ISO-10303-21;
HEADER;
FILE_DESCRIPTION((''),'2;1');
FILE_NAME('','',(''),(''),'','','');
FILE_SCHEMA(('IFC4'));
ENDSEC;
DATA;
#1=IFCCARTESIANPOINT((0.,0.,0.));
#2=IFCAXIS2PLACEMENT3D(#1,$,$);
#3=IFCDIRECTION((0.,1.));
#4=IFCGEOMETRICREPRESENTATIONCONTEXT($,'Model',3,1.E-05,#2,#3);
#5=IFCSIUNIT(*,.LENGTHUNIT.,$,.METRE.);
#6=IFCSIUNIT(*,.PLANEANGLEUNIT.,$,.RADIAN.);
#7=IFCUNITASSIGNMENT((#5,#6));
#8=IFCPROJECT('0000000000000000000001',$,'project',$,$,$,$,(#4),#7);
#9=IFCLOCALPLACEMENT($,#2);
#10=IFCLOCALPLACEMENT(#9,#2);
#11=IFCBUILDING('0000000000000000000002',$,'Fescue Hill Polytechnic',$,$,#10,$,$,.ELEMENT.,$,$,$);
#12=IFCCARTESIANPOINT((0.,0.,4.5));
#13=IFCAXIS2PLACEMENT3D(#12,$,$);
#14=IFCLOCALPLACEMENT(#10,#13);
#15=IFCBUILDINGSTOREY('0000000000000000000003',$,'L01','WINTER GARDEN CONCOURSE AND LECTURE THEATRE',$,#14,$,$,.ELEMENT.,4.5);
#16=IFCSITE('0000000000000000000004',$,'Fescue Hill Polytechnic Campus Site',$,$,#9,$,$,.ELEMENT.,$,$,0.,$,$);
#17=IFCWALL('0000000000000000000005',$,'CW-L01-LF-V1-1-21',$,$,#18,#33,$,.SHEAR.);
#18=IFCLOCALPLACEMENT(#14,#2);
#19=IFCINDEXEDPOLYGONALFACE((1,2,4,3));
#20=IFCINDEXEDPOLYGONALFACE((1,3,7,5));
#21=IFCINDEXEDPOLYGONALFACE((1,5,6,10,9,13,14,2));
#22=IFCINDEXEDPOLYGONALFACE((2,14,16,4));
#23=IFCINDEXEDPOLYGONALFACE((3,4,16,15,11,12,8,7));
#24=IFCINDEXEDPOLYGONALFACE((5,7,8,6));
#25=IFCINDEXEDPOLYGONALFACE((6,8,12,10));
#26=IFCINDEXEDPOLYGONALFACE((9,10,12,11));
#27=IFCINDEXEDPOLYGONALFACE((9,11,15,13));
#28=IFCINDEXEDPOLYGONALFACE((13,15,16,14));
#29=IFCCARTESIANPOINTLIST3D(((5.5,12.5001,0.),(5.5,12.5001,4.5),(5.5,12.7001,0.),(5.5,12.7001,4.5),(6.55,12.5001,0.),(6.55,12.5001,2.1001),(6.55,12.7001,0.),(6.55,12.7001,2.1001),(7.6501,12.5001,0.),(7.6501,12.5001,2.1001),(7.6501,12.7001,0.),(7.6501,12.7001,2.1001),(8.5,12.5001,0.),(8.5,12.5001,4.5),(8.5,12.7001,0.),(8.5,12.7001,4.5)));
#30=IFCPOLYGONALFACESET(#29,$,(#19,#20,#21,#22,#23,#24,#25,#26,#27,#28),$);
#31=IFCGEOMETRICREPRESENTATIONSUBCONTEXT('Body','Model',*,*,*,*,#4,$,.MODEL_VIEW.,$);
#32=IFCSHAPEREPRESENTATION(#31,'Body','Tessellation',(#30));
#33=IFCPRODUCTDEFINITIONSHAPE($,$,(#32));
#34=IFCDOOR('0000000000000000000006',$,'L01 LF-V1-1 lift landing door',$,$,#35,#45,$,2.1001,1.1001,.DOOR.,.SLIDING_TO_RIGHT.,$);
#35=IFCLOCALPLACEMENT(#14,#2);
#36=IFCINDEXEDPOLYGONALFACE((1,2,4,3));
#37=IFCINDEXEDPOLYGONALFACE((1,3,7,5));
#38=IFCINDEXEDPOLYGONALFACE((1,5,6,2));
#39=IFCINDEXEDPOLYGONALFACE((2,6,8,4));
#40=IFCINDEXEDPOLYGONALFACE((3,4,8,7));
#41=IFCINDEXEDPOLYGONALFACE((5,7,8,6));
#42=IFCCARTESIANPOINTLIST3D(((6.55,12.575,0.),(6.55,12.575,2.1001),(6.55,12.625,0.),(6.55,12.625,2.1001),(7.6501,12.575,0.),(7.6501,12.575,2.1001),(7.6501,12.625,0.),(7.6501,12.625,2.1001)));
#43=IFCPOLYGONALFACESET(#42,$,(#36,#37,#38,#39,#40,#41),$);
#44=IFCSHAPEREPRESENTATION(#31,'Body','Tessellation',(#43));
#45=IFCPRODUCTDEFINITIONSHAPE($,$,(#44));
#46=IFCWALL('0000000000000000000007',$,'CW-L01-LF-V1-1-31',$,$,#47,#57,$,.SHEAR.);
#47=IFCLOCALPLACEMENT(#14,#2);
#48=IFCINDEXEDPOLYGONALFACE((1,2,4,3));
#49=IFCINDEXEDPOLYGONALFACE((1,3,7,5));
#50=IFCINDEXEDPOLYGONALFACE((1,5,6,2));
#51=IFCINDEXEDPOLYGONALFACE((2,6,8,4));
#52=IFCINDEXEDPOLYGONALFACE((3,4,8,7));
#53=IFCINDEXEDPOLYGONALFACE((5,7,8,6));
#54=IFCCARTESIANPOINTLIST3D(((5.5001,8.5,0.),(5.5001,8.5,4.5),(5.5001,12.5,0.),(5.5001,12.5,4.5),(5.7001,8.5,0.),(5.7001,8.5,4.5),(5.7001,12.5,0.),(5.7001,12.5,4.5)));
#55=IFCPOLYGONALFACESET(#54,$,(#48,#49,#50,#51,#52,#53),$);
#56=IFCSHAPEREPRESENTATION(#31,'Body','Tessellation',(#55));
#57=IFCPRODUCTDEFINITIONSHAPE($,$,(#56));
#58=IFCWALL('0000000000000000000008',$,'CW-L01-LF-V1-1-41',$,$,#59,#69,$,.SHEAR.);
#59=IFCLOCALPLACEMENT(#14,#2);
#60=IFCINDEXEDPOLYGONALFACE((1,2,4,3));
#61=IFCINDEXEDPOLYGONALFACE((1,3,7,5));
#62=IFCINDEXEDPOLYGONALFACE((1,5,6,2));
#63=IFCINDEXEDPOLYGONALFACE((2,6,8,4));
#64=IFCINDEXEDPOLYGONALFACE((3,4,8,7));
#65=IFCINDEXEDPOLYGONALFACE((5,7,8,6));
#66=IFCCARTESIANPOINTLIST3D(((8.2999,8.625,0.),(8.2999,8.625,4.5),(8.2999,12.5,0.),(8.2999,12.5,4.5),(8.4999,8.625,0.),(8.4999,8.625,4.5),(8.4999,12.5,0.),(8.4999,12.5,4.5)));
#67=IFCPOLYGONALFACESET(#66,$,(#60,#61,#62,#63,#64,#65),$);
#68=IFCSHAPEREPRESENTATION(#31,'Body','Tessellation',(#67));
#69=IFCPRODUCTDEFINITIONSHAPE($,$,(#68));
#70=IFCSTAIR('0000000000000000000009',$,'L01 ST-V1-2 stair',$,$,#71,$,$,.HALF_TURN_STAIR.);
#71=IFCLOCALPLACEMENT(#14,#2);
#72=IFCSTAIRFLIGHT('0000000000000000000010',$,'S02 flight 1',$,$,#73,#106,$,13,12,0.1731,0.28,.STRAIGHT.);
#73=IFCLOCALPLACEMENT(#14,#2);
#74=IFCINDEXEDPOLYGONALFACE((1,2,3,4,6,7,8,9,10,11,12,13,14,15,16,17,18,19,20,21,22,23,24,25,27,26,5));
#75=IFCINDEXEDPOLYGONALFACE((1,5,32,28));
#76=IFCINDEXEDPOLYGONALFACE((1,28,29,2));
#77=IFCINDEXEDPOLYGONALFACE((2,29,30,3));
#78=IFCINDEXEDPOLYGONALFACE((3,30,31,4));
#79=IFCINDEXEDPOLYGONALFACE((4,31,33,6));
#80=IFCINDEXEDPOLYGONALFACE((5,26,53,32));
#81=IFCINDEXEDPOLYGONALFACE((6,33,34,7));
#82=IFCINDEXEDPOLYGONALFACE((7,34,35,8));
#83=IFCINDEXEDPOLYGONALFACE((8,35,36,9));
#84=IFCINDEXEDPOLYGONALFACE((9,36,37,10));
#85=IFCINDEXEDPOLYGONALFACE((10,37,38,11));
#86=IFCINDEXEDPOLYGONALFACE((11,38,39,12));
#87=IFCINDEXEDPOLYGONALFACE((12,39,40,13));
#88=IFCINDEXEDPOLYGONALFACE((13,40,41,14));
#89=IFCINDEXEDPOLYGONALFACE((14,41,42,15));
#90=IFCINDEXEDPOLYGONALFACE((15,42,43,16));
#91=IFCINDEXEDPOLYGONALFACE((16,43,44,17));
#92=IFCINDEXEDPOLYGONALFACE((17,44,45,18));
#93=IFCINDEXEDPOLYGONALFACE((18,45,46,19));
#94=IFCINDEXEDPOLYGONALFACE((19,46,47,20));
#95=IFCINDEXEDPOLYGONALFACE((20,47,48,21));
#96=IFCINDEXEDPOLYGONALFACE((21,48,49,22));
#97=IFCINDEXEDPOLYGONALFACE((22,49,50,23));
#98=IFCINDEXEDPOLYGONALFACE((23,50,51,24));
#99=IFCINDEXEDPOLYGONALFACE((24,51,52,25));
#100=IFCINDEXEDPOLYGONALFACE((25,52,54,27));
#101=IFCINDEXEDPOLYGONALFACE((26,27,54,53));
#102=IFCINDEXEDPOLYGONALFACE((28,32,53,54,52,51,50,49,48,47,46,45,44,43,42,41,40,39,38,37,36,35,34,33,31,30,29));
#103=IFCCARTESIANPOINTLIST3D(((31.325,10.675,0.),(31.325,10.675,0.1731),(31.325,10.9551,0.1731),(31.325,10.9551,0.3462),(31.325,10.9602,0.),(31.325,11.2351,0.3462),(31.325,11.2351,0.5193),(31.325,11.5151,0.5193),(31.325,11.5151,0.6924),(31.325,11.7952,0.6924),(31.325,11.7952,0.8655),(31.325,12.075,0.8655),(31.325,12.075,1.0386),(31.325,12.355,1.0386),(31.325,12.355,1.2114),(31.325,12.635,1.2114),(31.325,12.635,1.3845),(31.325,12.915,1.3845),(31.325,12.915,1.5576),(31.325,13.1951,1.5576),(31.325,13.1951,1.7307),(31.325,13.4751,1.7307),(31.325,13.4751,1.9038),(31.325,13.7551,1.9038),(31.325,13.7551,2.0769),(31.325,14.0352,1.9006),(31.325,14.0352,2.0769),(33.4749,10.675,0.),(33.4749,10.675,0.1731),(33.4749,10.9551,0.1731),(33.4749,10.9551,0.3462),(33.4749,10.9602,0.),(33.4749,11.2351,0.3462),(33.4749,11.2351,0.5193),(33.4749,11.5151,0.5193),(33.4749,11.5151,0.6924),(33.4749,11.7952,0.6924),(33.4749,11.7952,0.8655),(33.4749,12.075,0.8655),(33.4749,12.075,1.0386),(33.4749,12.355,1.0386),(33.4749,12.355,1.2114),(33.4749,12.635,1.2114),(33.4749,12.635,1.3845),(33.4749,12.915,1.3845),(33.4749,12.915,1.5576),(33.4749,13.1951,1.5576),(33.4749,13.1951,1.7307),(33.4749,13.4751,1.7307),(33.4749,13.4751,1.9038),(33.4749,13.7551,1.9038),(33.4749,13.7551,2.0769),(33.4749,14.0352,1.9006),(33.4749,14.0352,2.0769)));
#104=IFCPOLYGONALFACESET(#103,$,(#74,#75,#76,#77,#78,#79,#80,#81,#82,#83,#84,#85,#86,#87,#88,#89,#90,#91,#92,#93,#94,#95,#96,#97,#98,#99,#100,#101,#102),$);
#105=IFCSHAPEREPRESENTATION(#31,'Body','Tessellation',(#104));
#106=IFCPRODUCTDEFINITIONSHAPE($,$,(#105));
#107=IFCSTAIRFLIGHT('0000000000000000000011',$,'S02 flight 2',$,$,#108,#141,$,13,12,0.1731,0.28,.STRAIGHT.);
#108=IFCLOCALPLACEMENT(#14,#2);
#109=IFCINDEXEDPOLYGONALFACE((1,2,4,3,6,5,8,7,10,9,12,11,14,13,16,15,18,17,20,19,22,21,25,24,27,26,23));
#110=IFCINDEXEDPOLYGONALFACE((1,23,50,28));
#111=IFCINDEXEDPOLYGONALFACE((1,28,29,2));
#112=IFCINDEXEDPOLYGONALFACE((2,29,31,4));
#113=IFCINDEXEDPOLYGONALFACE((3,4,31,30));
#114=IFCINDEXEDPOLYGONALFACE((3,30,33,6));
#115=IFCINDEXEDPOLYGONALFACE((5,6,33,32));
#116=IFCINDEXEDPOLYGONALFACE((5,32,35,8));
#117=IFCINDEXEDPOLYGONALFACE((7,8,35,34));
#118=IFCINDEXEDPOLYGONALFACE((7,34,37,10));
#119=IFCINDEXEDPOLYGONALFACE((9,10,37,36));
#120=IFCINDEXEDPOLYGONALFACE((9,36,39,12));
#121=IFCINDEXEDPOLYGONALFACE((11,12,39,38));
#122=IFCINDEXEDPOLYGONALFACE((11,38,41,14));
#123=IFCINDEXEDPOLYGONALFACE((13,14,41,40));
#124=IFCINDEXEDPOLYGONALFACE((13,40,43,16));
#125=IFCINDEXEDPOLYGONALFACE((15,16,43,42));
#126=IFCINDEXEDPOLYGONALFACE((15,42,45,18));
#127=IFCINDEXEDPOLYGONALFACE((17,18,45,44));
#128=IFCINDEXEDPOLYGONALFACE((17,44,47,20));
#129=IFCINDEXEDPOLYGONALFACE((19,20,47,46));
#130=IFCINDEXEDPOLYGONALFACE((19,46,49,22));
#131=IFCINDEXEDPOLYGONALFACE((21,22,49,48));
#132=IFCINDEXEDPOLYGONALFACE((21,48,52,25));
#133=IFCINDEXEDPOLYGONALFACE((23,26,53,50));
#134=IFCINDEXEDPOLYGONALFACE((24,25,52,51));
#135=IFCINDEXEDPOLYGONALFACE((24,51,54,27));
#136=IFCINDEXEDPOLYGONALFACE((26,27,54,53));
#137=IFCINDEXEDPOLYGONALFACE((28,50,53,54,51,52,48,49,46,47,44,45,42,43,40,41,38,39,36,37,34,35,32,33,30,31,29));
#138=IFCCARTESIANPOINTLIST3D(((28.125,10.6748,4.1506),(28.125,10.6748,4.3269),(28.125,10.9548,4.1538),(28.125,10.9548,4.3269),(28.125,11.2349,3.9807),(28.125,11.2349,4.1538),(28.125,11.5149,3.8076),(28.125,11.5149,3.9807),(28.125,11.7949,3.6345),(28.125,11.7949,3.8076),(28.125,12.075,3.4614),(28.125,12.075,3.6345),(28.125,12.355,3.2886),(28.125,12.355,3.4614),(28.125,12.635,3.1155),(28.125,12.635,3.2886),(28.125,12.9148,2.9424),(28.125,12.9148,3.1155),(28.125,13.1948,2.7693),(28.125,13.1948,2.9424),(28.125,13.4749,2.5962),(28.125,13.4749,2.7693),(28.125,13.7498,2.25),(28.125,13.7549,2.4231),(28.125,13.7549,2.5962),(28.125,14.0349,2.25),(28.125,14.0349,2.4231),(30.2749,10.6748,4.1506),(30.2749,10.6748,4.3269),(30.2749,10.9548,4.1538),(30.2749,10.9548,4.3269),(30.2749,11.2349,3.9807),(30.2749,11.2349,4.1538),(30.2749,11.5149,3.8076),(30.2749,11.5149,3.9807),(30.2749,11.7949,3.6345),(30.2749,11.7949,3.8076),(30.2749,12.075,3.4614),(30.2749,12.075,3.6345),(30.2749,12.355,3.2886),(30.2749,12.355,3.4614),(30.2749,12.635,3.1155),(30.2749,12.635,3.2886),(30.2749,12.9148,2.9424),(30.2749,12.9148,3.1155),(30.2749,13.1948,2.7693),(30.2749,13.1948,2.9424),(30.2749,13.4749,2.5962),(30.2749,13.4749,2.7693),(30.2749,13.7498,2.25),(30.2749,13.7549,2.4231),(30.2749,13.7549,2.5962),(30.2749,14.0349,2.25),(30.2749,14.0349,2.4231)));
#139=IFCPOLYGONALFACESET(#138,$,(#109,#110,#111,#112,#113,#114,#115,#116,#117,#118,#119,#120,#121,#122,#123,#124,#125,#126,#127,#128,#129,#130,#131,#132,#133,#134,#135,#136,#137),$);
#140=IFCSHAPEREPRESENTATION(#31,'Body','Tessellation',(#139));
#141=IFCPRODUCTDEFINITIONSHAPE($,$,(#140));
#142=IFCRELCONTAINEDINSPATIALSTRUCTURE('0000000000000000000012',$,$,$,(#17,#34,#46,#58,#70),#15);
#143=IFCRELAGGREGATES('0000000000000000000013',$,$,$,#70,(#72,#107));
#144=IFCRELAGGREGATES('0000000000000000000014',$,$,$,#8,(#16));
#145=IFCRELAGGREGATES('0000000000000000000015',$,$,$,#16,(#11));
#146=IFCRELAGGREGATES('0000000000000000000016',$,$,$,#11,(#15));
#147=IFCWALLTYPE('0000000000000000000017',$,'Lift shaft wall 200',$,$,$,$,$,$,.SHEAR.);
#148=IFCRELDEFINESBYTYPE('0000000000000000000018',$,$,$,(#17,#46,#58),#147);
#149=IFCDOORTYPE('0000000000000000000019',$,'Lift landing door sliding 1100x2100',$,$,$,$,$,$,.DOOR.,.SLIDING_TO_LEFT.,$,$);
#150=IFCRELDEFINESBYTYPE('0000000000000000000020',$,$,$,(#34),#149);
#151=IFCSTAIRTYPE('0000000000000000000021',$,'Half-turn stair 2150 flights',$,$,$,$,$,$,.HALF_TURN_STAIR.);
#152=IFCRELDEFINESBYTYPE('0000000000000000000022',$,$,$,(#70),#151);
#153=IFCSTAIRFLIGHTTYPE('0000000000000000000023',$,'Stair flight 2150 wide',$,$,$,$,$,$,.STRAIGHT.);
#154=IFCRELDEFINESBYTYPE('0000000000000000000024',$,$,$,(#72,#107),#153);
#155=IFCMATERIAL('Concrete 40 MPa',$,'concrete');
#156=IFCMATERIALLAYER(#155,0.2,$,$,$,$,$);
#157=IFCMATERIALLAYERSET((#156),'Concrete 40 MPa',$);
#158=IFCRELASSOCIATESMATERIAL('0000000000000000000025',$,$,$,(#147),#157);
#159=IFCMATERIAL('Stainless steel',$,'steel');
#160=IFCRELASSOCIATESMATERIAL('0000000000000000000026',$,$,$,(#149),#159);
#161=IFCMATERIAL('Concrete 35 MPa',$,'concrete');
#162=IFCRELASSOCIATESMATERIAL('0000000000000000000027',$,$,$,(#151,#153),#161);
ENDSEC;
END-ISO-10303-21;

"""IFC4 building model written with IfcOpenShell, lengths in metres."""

from ifc_helpers import new_model, si_unit, direction, frame, frame_2d, origin, place, context, subcontext, project, spatial, polyline, rectangle, outline, extrude, material, layer, layer_set, type_object, element, fill, aggregate, save


model = new_model("IFC4")

# Units and contexts
model_context = context("Model", 3, precision=1e-05, world=origin(), true_north=direction((0.0, 1.0)))
body_context = subcontext(model_context, "Body", "Model", "MODEL_VIEW")
ifc_project = project(units=[si_unit("LENGTHUNIT", "METRE"), si_unit("PLANEANGLEUNIT", "RADIAN")], contexts=[model_context])

# Site, building, storey
site_placement = place(None, origin())
site = spatial("IfcSite", under=ifc_project, at=site_placement, Name="Fescue Hill Polytechnic Campus Site", CompositionType="ELEMENT", RefElevation=0.0)
building_placement = place(site_placement, origin())
building = spatial("IfcBuilding", under=site, at=building_placement, Name="Fescue Hill Polytechnic", CompositionType="ELEMENT")
storey_placement = place(building_placement, frame((0.0, 0.0, 4.5)))
storey = spatial("IfcBuildingStorey", under=building, at=storey_placement, Name="L01", Description="WINTER GARDEN CONCOURSE AND LECTURE THEATRE", CompositionType="ELEMENT", Elevation=4.5)

# Shared definitions
ifc_material_1 = material(Name="Concrete 40 MPa", Category="concrete")

# Shared definitions
ifc_material_2 = material(Name="Concrete 35 MPa", Category="concrete")

# Wall, opening, door
ifc_layer_1 = layer(ifc_material_1, 0.2)
ifc_layer_set_1 = layer_set([ifc_layer_1], Name="Concrete 40 MPa")
wall_type_1 = type_object("IfcWallType", Name="Lift shaft wall 200", PredefinedType="SHEAR", material=ifc_layer_set_1)
wall_1_placement = place(storey_placement, frame((5.5, 12.6001, 0.0), z_axis=(0.0, 0.0, 1.0), x_axis=(1.0, 0.0, 0.0)))
wall_1 = element("IfcWall", 1, at=wall_1_placement, inside=storey, type_object=wall_type_1, Name="CW-L01-LF-V1-1-21", PredefinedType="SHEAR", context=body_context, shape_type="SweptSolid", body=[
    extrude(rectangle(XDim=3.0, YDim=0.2, at=frame_2d((1.5, 0.0))), origin(), (0.0, 0.0, 1.0), 4.5),
])
opening_placement = place(wall_1_placement, frame((1.05, 0.0, 0.0)))
opening = element("IfcOpeningElement", 2, at=opening_placement, cuts=wall_1, PredefinedType="OPENING", context=body_context, shape_type="SweptSolid", body=[
    extrude(rectangle(XDim=1.1001, YDim=2.1001, at=frame_2d((0.55, 1.05))), frame((0.0, 0.1099, 0.0), z_axis=(0.0, -1.0, 0.0), x_axis=(1.0, 0.0, 0.0)), (0.0, 0.0, 1.0), 0.22),
])
ifc_material_3 = material(Name="Stainless steel", Category="steel")
door_type = type_object("IfcDoorType", Name="Lift landing door sliding 1100x2100", OperationType="SLIDING_TO_LEFT", PredefinedType="DOOR", material=ifc_material_3)
door_placement = place(opening_placement, origin())
door = element("IfcDoor", 3, at=door_placement, inside=storey, type_object=door_type, Name="L01 LF-V1-1 lift landing door", OperationType="SLIDING_TO_RIGHT", OverallHeight=2.1001, OverallWidth=1.1001, PredefinedType="DOOR", context=body_context, shape_type="SweptSolid", body=[
    extrude(rectangle(XDim=1.1001, YDim=2.1001, at=frame_2d((0.55, 1.05))), frame((0.0, 0.0249, 0.0), z_axis=(0.0, -1.0, 0.0), x_axis=(1.0, 0.0, 0.0)), (0.0, 0.0, 1.0), 0.05),
])
fill(opening, door)

# Walls
wall_2_placement = place(storey_placement, frame((5.6001, 8.5, 0.0), z_axis=(0.0, 0.0, 1.0), x_axis=(0.0, 1.0, 0.0)))
element("IfcWall", 4, at=wall_2_placement, inside=storey, type_object=wall_type_1, Name="CW-L01-LF-V1-1-31", PredefinedType="SHEAR", context=body_context, shape_type="SweptSolid", body=[
    extrude(rectangle(XDim=4.0, YDim=0.2, at=frame_2d((2.0, 0.0))), origin(), (0.0, 0.0, 1.0), 4.5),
])
wall_3_placement = place(storey_placement, frame((8.3999, 8.625, 0.0), z_axis=(0.0, 0.0, 1.0), x_axis=(0.0, 1.0, 0.0)))
element("IfcWall", 5, at=wall_3_placement, inside=storey, type_object=wall_type_1, Name="CW-L01-LF-V1-1-41", PredefinedType="SHEAR", context=body_context, shape_type="SweptSolid", body=[
    extrude(rectangle(XDim=3.875, YDim=0.2, at=frame_2d((1.9375, 0.0))), origin(), (0.0, 0.0, 1.0), 4.5),
])

# Stair, stair flights
stair_type = type_object("IfcStairType", Name="Half-turn stair 2150 flights", PredefinedType="HALF_TURN_STAIR", material=ifc_material_2)
stair_placement = place(storey_placement, origin())
stair = element("IfcStair", 6, at=stair_placement, inside=storey, type_object=stair_type, Name="L01 ST-V1-2 stair", PredefinedType="HALF_TURN_STAIR")
stair_flight_type = type_object("IfcStairFlightType", Name="Stair flight 2150 wide", PredefinedType="STRAIGHT", material=ifc_material_2)
stair_flight_1_placement = place(storey_placement, frame((32.3999, 10.675, 0.0), z_axis=(0.0, 0.0, 1.0), x_axis=(0.0, 1.0, 0.0)))
stair_flight_1 = element("IfcStairFlight", 7, at=stair_flight_1_placement, type_object=stair_flight_type, Name="S02 flight 1", NumberOfRisers=13, NumberOfTreads=12, PredefinedType="STRAIGHT", RiserHeight=0.1731, TreadLength=0.28, context=body_context, shape_type="SweptSolid", body=[
    extrude(outline(polyline([(0.0, 0.0), (0.0, 0.1731), (0.28, 0.1731), (0.28, 0.3462), (0.5601, 0.3462), (0.5601, 0.5193), (0.8401, 0.5193), (0.8401, 0.6924), (1.1201, 0.6924), (1.1201, 0.8655), (1.3999, 0.8655), (1.3999, 1.0386), (1.6799, 1.0386), (1.6799, 1.2114), (1.96, 1.2114), (1.96, 1.3845), (2.24, 1.3845), (2.24, 1.5576), (2.52, 1.5576), (2.52, 1.7307), (2.8, 1.7307), (2.8, 1.9038), (3.0801, 1.9038), (3.0801, 2.0769), (3.3601, 2.0769), (3.3601, 2.25), (3.3601, 1.9006), (0.2852, 0.0), (0.0, 0.0)])), frame((0.0, 1.075, 0.0), z_axis=(0.0, -1.0, 0.0), x_axis=(1.0, 0.0, 0.0)), (0.0, 0.0, 1.0), 2.1499),
])
stair_flight_2_placement = place(storey_placement, frame((29.2, 14.0349, 2.25), z_axis=(0.0, 0.0, 1.0), x_axis=(0.0, -1.0, 0.0)))
stair_flight_2 = element("IfcStairFlight", 8, at=stair_flight_2_placement, type_object=stair_flight_type, Name="S02 flight 2", NumberOfRisers=13, NumberOfTreads=12, PredefinedType="STRAIGHT", RiserHeight=0.1731, TreadLength=0.28, context=body_context, shape_type="SweptSolid", body=[
    extrude(outline(polyline([(0.0, 0.0), (0.0, 0.1731), (0.28, 0.1731), (0.28, 0.3462), (0.5601, 0.3462), (0.5601, 0.5193), (0.8401, 0.5193), (0.8401, 0.6924), (1.1201, 0.6924), (1.1201, 0.8655), (1.3999, 0.8655), (1.3999, 1.0386), (1.6799, 1.0386), (1.6799, 1.2114), (1.96, 1.2114), (1.96, 1.3845), (2.24, 1.3845), (2.24, 1.5576), (2.52, 1.5576), (2.52, 1.7307), (2.8, 1.7307), (2.8, 1.9038), (3.0801, 1.9038), (3.0801, 2.0769), (3.3601, 2.0769), (3.3601, 2.25), (3.3601, 1.9006), (0.2852, 0.0), (0.0, 0.0)])), frame((0.0, 1.075, 0.0), z_axis=(0.0, -1.0, 0.0), x_axis=(1.0, 0.0, 0.0)), (0.0, 0.0, 1.0), 2.1499),
])
aggregate(stair, [stair_flight_1, stair_flight_2])

save(model, "model.ifc")
